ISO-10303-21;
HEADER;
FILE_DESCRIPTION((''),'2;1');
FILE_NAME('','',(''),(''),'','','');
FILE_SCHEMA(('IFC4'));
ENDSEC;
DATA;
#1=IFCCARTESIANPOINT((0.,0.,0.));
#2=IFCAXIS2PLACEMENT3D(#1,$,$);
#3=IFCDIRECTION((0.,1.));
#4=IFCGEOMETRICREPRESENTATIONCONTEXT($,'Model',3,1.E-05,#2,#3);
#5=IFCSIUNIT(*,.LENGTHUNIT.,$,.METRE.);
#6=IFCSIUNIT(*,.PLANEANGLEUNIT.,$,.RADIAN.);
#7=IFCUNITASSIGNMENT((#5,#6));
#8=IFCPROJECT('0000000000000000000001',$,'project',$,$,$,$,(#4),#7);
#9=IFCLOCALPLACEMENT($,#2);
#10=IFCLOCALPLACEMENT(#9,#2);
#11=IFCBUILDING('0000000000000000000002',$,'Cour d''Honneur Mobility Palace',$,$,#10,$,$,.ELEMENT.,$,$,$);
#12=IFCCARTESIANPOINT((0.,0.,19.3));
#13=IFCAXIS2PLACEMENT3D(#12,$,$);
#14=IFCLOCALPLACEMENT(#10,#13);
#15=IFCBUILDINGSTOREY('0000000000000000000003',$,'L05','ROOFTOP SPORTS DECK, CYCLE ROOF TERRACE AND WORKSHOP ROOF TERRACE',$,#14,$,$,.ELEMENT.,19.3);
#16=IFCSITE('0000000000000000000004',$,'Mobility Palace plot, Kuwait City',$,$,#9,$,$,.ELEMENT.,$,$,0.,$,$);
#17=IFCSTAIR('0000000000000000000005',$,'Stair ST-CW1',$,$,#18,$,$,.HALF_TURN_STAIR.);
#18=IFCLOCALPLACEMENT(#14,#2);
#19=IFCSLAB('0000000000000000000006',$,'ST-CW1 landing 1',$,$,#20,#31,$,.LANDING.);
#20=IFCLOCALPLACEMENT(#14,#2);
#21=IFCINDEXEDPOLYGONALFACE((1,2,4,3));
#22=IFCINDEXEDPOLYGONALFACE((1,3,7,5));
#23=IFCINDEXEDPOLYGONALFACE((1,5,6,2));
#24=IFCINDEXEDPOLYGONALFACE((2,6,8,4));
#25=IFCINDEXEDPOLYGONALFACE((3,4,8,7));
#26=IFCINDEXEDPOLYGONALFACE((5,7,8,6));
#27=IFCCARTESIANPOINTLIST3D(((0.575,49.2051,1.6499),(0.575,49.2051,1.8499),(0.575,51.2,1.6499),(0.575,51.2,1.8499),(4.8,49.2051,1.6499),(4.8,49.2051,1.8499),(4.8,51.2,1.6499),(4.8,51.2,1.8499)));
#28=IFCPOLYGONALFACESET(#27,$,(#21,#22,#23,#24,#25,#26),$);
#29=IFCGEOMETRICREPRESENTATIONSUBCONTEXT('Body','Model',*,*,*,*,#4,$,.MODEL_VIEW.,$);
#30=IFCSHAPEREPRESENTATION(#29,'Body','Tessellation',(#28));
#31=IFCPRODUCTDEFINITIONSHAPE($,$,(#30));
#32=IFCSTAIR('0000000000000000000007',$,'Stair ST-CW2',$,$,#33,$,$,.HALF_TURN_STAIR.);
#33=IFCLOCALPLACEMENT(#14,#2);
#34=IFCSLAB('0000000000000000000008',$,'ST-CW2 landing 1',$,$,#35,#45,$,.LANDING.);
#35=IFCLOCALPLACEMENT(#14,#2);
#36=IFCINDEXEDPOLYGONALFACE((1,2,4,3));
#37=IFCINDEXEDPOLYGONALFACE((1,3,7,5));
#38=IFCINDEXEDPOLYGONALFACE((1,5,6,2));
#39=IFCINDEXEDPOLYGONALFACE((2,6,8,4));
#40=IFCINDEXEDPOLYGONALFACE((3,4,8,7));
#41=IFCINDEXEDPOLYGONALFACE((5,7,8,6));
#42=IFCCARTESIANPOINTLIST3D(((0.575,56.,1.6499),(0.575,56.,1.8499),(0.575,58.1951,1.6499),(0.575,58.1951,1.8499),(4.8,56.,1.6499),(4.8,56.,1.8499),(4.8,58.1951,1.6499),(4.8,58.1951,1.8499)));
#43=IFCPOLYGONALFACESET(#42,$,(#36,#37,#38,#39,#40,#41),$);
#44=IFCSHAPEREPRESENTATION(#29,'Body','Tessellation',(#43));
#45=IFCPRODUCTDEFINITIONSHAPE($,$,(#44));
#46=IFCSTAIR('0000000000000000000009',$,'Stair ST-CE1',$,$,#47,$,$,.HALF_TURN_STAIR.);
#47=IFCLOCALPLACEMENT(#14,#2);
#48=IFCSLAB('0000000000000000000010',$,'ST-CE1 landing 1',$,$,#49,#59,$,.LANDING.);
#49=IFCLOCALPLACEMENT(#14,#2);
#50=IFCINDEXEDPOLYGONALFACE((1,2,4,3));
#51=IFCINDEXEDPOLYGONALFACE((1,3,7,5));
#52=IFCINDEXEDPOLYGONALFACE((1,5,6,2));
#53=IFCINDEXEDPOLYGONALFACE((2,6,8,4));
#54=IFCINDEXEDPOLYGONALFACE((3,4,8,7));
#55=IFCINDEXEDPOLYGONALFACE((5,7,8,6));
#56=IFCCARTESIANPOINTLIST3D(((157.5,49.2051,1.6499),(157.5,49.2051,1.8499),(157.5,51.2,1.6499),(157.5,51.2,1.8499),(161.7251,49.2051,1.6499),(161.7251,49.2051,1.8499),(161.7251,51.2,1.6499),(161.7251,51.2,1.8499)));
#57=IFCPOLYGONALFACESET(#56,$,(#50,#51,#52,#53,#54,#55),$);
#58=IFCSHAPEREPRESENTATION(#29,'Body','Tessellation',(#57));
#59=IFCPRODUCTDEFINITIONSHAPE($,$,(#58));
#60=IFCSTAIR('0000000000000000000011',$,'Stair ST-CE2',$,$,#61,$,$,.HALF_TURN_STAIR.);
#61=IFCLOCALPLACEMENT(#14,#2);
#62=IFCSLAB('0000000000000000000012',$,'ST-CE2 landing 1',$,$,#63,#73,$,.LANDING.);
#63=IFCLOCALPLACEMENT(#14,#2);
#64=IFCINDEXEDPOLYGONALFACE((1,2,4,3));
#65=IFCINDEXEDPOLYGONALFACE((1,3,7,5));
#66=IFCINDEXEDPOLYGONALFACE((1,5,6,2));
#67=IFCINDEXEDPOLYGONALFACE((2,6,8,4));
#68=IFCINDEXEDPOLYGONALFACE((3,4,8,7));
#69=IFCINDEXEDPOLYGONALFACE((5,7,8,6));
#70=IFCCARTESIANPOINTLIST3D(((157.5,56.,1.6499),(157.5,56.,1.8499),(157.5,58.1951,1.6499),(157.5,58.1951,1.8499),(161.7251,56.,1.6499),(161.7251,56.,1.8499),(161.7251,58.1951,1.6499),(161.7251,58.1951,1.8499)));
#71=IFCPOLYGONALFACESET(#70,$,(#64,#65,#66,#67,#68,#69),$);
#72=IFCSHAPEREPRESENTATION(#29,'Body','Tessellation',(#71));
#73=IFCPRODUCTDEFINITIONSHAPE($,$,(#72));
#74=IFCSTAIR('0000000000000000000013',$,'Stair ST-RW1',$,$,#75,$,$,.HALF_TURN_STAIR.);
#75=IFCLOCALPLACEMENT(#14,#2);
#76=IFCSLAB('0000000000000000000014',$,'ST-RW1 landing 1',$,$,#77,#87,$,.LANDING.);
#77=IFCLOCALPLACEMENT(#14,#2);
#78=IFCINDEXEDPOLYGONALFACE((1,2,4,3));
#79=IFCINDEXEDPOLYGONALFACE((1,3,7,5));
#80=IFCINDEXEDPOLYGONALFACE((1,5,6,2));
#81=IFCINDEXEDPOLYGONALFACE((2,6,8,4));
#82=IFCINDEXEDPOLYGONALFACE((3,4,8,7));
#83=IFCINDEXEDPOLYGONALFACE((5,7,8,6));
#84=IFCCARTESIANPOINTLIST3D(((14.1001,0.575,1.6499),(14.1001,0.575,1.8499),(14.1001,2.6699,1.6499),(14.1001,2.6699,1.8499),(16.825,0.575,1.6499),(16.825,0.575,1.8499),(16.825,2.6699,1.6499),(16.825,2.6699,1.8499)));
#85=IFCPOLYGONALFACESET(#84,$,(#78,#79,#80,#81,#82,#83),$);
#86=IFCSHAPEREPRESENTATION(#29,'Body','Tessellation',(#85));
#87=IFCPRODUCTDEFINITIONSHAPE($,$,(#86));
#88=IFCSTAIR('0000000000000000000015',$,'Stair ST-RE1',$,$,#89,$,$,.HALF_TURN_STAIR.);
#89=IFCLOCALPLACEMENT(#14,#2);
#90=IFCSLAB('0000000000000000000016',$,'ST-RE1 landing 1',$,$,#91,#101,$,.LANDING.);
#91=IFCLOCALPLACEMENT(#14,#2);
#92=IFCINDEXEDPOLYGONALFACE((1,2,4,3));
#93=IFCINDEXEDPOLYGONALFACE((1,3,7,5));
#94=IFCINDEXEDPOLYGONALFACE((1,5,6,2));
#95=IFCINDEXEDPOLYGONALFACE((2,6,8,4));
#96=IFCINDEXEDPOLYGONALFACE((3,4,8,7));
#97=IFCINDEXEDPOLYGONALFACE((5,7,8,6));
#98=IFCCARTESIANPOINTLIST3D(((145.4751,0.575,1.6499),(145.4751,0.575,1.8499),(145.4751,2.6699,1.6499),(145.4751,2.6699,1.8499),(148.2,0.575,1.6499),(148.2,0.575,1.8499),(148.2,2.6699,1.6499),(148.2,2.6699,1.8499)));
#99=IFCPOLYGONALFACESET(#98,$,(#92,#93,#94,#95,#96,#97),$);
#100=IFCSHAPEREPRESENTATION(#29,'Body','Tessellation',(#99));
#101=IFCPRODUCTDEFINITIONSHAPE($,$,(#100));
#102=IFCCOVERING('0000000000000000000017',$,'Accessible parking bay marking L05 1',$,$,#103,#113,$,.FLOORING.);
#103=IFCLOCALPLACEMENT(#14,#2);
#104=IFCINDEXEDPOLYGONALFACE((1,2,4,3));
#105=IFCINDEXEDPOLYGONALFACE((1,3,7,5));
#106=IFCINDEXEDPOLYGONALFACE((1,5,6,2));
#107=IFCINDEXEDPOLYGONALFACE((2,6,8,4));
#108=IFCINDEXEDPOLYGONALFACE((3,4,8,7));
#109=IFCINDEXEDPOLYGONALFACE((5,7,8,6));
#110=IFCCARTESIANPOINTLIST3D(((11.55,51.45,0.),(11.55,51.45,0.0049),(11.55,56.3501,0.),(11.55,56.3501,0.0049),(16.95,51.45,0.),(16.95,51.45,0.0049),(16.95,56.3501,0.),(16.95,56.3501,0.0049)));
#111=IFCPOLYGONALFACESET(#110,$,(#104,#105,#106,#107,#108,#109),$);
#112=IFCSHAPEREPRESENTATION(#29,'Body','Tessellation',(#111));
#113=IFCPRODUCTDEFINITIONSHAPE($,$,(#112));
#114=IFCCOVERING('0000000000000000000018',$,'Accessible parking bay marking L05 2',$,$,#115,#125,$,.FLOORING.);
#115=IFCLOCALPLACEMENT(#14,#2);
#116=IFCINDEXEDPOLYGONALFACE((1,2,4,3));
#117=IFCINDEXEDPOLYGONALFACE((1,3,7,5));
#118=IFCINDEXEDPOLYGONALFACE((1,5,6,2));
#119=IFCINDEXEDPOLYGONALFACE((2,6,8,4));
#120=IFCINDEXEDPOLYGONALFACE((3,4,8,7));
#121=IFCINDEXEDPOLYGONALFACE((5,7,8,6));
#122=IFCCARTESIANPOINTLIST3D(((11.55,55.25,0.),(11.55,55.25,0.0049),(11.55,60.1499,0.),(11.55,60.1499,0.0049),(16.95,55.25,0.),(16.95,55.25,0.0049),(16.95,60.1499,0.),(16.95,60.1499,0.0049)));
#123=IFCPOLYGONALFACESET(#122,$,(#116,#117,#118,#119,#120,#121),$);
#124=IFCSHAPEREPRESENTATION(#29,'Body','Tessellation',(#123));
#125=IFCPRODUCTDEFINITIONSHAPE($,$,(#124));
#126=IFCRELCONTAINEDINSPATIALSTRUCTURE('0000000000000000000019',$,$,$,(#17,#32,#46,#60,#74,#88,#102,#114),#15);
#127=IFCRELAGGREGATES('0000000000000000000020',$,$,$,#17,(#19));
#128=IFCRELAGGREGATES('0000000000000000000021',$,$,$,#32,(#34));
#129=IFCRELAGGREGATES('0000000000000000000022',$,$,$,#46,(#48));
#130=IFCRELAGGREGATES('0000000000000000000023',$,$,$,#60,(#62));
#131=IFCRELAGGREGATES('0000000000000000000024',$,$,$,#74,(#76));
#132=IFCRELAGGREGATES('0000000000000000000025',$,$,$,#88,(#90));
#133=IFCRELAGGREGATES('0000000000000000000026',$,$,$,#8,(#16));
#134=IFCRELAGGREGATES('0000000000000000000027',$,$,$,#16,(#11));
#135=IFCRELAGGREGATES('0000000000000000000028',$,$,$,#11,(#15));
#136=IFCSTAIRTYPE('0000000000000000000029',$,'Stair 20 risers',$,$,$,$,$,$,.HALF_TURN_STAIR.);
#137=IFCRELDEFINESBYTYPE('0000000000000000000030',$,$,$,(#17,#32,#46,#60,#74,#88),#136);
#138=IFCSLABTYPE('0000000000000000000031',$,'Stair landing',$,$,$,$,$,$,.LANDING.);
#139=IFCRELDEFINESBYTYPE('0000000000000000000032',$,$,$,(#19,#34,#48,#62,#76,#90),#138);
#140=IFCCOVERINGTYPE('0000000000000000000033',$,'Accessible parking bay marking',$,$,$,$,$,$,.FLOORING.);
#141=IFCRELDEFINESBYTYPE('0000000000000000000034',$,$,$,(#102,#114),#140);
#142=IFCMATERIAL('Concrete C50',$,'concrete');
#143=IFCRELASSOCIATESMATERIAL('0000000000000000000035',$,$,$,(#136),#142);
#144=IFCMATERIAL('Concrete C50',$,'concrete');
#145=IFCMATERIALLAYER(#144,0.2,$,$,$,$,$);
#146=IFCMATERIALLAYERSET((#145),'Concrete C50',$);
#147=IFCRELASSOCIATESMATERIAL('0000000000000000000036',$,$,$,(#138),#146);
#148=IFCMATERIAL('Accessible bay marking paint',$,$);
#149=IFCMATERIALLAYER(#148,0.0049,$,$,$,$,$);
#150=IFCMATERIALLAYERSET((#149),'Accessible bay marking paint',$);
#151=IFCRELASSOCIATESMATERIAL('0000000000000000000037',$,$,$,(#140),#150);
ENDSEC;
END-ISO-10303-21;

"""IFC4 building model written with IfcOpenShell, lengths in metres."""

from ifc_helpers import new_model, si_unit, direction, frame, origin, place, context, subcontext, project, spatial, polyline, outline, extrude, material, layer, layer_set, type_object, element, aggregate, save


model = new_model("IFC4")

# Units and contexts
model_context = context("Model", 3, precision=1e-05, world=origin(), true_north=direction((0.0, 1.0)))
body_context = subcontext(model_context, "Body", "Model", "MODEL_VIEW")
ifc_project = project(units=[si_unit("LENGTHUNIT", "METRE"), si_unit("PLANEANGLEUNIT", "RADIAN")], contexts=[model_context])

# Site, building, storey
site_placement = place(None, origin())
site = spatial("IfcSite", under=ifc_project, at=site_placement, Name="Mobility Palace plot, Kuwait City", CompositionType="ELEMENT", RefElevation=0.0)
building_placement = place(site_placement, origin())
building = spatial("IfcBuilding", under=site, at=building_placement, Name="Cour d'Honneur Mobility Palace", CompositionType="ELEMENT")
storey_placement = place(building_placement, frame((0.0, 0.0, 19.3)))
storey = spatial("IfcBuildingStorey", under=building, at=storey_placement, Name="L05", Description="ROOFTOP SPORTS DECK, CYCLE ROOF TERRACE AND WORKSHOP ROOF TERRACE", CompositionType="ELEMENT", Elevation=19.3)

# Stairs, slabs
ifc_material_1 = material(Name="Concrete C50", Category="concrete")
stair_type = type_object("IfcStairType", Name="Stair 20 risers", PredefinedType="HALF_TURN_STAIR", material=ifc_material_1)
stair_1_placement = place(storey_placement, origin())
stair_1 = element("IfcStair", 1, at=stair_1_placement, inside=storey, type_object=stair_type, Name="Stair ST-CW1", PredefinedType="HALF_TURN_STAIR")
ifc_material_2 = material(Name="Concrete C50", Category="concrete")
ifc_layer_1 = layer(ifc_material_2, 0.2)
ifc_layer_set_1 = layer_set([ifc_layer_1], Name="Concrete C50")
slab_type = type_object("IfcSlabType", Name="Stair landing", PredefinedType="LANDING", material=ifc_layer_set_1)
slab_1_placement = place(storey_placement, frame((0.0, 0.0, 1.6499)))
slab_1 = element("IfcSlab", 2, at=slab_1_placement, type_object=slab_type, Name="ST-CW1 landing 1", PredefinedType="LANDING", context=body_context, shape_type="SweptSolid", body=[
    extrude(outline(polyline([(0.575, 49.2051), (4.8, 49.2051), (4.8, 51.2), (0.575, 51.2), (0.575, 49.2051)])), origin(), (0.0, 0.0, 1.0), 0.2),
])
aggregate(stair_1, [slab_1])
stair_2_placement = place(storey_placement, origin())
stair_2 = element("IfcStair", 3, at=stair_2_placement, inside=storey, type_object=stair_type, Name="Stair ST-CW2", PredefinedType="HALF_TURN_STAIR")
slab_2_placement = place(storey_placement, frame((0.0, 0.0, 1.6499)))
slab_2 = element("IfcSlab", 4, at=slab_2_placement, type_object=slab_type, Name="ST-CW2 landing 1", PredefinedType="LANDING", context=body_context, shape_type="SweptSolid", body=[
    extrude(outline(polyline([(0.575, 56.0), (4.8, 56.0), (4.8, 58.1951), (0.575, 58.1951), (0.575, 56.0)])), origin(), (0.0, 0.0, 1.0), 0.2),
])
aggregate(stair_2, [slab_2])
stair_3_placement = place(storey_placement, origin())
stair_3 = element("IfcStair", 5, at=stair_3_placement, inside=storey, type_object=stair_type, Name="Stair ST-CE1", PredefinedType="HALF_TURN_STAIR")
slab_3_placement = place(storey_placement, frame((0.0, 0.0, 1.6499)))
slab_3 = element("IfcSlab", 6, at=slab_3_placement, type_object=slab_type, Name="ST-CE1 landing 1", PredefinedType="LANDING", context=body_context, shape_type="SweptSolid", body=[
    extrude(outline(polyline([(157.5, 49.2051), (161.7251, 49.2051), (161.7251, 51.2), (157.5, 51.2), (157.5, 49.2051)])), origin(), (0.0, 0.0, 1.0), 0.2),
])
aggregate(stair_3, [slab_3])
stair_4_placement = place(storey_placement, origin())
stair_4 = element("IfcStair", 7, at=stair_4_placement, inside=storey, type_object=stair_type, Name="Stair ST-CE2", PredefinedType="HALF_TURN_STAIR")
slab_4_placement = place(storey_placement, frame((0.0, 0.0, 1.6499)))
slab_4 = element("IfcSlab", 8, at=slab_4_placement, type_object=slab_type, Name="ST-CE2 landing 1", PredefinedType="LANDING", context=body_context, shape_type="SweptSolid", body=[
    extrude(outline(polyline([(157.5, 56.0), (161.7251, 56.0), (161.7251, 58.1951), (157.5, 58.1951), (157.5, 56.0)])), origin(), (0.0, 0.0, 1.0), 0.2),
])
aggregate(stair_4, [slab_4])
stair_5_placement = place(storey_placement, origin())
stair_5 = element("IfcStair", 9, at=stair_5_placement, inside=storey, type_object=stair_type, Name="Stair ST-RW1", PredefinedType="HALF_TURN_STAIR")
slab_5_placement = place(storey_placement, frame((0.0, 0.0, 1.6499)))
slab_5 = element("IfcSlab", 10, at=slab_5_placement, type_object=slab_type, Name="ST-RW1 landing 1", PredefinedType="LANDING", context=body_context, shape_type="SweptSolid", body=[
    extrude(outline(polyline([(14.1001, 0.575), (16.825, 0.575), (16.825, 2.6699), (14.1001, 2.6699), (14.1001, 0.575)])), origin(), (0.0, 0.0, 1.0), 0.2),
])
aggregate(stair_5, [slab_5])
stair_6_placement = place(storey_placement, origin())
stair_6 = element("IfcStair", 11, at=stair_6_placement, inside=storey, type_object=stair_type, Name="Stair ST-RE1", PredefinedType="HALF_TURN_STAIR")
slab_6_placement = place(storey_placement, frame((0.0, 0.0, 1.6499)))
slab_6 = element("IfcSlab", 12, at=slab_6_placement, type_object=slab_type, Name="ST-RE1 landing 1", PredefinedType="LANDING", context=body_context, shape_type="SweptSolid", body=[
    extrude(outline(polyline([(145.4751, 0.575), (148.2, 0.575), (148.2, 2.6699), (145.4751, 2.6699), (145.4751, 0.575)])), origin(), (0.0, 0.0, 1.0), 0.2),
])
aggregate(stair_6, [slab_6])

# Coverings
ifc_material_3 = material(Name="Accessible bay marking paint")
ifc_layer_2 = layer(ifc_material_3, 0.0049)
ifc_layer_set_2 = layer_set([ifc_layer_2], Name="Accessible bay marking paint")
covering_type_1 = type_object("IfcCoveringType", Name="Accessible parking bay marking", PredefinedType="FLOORING", material=ifc_layer_set_2)
covering_1_placement = place(storey_placement, origin())
element("IfcCovering", 13, at=covering_1_placement, inside=storey, type_object=covering_type_1, Name="Accessible parking bay marking L05 1", PredefinedType="FLOORING", context=body_context, shape_type="SweptSolid", body=[
    extrude(outline(polyline([(16.95, 51.45), (11.55, 51.45), (11.55, 56.3501), (16.95, 56.3501), (16.95, 51.45)])), origin(), (0.0, 0.0, 1.0), 0.0049),
])
covering_2_placement = place(storey_placement, origin())
element("IfcCovering", 14, at=covering_2_placement, inside=storey, type_object=covering_type_1, Name="Accessible parking bay marking L05 2", PredefinedType="FLOORING", context=body_context, shape_type="SweptSolid", body=[
    extrude(outline(polyline([(11.55, 60.1499), (16.95, 60.1499), (16.95, 55.25), (11.55, 55.25), (11.55, 60.1499)])), origin(), (0.0, 0.0, 1.0), 0.0049),
])

save(model, "model.ifc")
